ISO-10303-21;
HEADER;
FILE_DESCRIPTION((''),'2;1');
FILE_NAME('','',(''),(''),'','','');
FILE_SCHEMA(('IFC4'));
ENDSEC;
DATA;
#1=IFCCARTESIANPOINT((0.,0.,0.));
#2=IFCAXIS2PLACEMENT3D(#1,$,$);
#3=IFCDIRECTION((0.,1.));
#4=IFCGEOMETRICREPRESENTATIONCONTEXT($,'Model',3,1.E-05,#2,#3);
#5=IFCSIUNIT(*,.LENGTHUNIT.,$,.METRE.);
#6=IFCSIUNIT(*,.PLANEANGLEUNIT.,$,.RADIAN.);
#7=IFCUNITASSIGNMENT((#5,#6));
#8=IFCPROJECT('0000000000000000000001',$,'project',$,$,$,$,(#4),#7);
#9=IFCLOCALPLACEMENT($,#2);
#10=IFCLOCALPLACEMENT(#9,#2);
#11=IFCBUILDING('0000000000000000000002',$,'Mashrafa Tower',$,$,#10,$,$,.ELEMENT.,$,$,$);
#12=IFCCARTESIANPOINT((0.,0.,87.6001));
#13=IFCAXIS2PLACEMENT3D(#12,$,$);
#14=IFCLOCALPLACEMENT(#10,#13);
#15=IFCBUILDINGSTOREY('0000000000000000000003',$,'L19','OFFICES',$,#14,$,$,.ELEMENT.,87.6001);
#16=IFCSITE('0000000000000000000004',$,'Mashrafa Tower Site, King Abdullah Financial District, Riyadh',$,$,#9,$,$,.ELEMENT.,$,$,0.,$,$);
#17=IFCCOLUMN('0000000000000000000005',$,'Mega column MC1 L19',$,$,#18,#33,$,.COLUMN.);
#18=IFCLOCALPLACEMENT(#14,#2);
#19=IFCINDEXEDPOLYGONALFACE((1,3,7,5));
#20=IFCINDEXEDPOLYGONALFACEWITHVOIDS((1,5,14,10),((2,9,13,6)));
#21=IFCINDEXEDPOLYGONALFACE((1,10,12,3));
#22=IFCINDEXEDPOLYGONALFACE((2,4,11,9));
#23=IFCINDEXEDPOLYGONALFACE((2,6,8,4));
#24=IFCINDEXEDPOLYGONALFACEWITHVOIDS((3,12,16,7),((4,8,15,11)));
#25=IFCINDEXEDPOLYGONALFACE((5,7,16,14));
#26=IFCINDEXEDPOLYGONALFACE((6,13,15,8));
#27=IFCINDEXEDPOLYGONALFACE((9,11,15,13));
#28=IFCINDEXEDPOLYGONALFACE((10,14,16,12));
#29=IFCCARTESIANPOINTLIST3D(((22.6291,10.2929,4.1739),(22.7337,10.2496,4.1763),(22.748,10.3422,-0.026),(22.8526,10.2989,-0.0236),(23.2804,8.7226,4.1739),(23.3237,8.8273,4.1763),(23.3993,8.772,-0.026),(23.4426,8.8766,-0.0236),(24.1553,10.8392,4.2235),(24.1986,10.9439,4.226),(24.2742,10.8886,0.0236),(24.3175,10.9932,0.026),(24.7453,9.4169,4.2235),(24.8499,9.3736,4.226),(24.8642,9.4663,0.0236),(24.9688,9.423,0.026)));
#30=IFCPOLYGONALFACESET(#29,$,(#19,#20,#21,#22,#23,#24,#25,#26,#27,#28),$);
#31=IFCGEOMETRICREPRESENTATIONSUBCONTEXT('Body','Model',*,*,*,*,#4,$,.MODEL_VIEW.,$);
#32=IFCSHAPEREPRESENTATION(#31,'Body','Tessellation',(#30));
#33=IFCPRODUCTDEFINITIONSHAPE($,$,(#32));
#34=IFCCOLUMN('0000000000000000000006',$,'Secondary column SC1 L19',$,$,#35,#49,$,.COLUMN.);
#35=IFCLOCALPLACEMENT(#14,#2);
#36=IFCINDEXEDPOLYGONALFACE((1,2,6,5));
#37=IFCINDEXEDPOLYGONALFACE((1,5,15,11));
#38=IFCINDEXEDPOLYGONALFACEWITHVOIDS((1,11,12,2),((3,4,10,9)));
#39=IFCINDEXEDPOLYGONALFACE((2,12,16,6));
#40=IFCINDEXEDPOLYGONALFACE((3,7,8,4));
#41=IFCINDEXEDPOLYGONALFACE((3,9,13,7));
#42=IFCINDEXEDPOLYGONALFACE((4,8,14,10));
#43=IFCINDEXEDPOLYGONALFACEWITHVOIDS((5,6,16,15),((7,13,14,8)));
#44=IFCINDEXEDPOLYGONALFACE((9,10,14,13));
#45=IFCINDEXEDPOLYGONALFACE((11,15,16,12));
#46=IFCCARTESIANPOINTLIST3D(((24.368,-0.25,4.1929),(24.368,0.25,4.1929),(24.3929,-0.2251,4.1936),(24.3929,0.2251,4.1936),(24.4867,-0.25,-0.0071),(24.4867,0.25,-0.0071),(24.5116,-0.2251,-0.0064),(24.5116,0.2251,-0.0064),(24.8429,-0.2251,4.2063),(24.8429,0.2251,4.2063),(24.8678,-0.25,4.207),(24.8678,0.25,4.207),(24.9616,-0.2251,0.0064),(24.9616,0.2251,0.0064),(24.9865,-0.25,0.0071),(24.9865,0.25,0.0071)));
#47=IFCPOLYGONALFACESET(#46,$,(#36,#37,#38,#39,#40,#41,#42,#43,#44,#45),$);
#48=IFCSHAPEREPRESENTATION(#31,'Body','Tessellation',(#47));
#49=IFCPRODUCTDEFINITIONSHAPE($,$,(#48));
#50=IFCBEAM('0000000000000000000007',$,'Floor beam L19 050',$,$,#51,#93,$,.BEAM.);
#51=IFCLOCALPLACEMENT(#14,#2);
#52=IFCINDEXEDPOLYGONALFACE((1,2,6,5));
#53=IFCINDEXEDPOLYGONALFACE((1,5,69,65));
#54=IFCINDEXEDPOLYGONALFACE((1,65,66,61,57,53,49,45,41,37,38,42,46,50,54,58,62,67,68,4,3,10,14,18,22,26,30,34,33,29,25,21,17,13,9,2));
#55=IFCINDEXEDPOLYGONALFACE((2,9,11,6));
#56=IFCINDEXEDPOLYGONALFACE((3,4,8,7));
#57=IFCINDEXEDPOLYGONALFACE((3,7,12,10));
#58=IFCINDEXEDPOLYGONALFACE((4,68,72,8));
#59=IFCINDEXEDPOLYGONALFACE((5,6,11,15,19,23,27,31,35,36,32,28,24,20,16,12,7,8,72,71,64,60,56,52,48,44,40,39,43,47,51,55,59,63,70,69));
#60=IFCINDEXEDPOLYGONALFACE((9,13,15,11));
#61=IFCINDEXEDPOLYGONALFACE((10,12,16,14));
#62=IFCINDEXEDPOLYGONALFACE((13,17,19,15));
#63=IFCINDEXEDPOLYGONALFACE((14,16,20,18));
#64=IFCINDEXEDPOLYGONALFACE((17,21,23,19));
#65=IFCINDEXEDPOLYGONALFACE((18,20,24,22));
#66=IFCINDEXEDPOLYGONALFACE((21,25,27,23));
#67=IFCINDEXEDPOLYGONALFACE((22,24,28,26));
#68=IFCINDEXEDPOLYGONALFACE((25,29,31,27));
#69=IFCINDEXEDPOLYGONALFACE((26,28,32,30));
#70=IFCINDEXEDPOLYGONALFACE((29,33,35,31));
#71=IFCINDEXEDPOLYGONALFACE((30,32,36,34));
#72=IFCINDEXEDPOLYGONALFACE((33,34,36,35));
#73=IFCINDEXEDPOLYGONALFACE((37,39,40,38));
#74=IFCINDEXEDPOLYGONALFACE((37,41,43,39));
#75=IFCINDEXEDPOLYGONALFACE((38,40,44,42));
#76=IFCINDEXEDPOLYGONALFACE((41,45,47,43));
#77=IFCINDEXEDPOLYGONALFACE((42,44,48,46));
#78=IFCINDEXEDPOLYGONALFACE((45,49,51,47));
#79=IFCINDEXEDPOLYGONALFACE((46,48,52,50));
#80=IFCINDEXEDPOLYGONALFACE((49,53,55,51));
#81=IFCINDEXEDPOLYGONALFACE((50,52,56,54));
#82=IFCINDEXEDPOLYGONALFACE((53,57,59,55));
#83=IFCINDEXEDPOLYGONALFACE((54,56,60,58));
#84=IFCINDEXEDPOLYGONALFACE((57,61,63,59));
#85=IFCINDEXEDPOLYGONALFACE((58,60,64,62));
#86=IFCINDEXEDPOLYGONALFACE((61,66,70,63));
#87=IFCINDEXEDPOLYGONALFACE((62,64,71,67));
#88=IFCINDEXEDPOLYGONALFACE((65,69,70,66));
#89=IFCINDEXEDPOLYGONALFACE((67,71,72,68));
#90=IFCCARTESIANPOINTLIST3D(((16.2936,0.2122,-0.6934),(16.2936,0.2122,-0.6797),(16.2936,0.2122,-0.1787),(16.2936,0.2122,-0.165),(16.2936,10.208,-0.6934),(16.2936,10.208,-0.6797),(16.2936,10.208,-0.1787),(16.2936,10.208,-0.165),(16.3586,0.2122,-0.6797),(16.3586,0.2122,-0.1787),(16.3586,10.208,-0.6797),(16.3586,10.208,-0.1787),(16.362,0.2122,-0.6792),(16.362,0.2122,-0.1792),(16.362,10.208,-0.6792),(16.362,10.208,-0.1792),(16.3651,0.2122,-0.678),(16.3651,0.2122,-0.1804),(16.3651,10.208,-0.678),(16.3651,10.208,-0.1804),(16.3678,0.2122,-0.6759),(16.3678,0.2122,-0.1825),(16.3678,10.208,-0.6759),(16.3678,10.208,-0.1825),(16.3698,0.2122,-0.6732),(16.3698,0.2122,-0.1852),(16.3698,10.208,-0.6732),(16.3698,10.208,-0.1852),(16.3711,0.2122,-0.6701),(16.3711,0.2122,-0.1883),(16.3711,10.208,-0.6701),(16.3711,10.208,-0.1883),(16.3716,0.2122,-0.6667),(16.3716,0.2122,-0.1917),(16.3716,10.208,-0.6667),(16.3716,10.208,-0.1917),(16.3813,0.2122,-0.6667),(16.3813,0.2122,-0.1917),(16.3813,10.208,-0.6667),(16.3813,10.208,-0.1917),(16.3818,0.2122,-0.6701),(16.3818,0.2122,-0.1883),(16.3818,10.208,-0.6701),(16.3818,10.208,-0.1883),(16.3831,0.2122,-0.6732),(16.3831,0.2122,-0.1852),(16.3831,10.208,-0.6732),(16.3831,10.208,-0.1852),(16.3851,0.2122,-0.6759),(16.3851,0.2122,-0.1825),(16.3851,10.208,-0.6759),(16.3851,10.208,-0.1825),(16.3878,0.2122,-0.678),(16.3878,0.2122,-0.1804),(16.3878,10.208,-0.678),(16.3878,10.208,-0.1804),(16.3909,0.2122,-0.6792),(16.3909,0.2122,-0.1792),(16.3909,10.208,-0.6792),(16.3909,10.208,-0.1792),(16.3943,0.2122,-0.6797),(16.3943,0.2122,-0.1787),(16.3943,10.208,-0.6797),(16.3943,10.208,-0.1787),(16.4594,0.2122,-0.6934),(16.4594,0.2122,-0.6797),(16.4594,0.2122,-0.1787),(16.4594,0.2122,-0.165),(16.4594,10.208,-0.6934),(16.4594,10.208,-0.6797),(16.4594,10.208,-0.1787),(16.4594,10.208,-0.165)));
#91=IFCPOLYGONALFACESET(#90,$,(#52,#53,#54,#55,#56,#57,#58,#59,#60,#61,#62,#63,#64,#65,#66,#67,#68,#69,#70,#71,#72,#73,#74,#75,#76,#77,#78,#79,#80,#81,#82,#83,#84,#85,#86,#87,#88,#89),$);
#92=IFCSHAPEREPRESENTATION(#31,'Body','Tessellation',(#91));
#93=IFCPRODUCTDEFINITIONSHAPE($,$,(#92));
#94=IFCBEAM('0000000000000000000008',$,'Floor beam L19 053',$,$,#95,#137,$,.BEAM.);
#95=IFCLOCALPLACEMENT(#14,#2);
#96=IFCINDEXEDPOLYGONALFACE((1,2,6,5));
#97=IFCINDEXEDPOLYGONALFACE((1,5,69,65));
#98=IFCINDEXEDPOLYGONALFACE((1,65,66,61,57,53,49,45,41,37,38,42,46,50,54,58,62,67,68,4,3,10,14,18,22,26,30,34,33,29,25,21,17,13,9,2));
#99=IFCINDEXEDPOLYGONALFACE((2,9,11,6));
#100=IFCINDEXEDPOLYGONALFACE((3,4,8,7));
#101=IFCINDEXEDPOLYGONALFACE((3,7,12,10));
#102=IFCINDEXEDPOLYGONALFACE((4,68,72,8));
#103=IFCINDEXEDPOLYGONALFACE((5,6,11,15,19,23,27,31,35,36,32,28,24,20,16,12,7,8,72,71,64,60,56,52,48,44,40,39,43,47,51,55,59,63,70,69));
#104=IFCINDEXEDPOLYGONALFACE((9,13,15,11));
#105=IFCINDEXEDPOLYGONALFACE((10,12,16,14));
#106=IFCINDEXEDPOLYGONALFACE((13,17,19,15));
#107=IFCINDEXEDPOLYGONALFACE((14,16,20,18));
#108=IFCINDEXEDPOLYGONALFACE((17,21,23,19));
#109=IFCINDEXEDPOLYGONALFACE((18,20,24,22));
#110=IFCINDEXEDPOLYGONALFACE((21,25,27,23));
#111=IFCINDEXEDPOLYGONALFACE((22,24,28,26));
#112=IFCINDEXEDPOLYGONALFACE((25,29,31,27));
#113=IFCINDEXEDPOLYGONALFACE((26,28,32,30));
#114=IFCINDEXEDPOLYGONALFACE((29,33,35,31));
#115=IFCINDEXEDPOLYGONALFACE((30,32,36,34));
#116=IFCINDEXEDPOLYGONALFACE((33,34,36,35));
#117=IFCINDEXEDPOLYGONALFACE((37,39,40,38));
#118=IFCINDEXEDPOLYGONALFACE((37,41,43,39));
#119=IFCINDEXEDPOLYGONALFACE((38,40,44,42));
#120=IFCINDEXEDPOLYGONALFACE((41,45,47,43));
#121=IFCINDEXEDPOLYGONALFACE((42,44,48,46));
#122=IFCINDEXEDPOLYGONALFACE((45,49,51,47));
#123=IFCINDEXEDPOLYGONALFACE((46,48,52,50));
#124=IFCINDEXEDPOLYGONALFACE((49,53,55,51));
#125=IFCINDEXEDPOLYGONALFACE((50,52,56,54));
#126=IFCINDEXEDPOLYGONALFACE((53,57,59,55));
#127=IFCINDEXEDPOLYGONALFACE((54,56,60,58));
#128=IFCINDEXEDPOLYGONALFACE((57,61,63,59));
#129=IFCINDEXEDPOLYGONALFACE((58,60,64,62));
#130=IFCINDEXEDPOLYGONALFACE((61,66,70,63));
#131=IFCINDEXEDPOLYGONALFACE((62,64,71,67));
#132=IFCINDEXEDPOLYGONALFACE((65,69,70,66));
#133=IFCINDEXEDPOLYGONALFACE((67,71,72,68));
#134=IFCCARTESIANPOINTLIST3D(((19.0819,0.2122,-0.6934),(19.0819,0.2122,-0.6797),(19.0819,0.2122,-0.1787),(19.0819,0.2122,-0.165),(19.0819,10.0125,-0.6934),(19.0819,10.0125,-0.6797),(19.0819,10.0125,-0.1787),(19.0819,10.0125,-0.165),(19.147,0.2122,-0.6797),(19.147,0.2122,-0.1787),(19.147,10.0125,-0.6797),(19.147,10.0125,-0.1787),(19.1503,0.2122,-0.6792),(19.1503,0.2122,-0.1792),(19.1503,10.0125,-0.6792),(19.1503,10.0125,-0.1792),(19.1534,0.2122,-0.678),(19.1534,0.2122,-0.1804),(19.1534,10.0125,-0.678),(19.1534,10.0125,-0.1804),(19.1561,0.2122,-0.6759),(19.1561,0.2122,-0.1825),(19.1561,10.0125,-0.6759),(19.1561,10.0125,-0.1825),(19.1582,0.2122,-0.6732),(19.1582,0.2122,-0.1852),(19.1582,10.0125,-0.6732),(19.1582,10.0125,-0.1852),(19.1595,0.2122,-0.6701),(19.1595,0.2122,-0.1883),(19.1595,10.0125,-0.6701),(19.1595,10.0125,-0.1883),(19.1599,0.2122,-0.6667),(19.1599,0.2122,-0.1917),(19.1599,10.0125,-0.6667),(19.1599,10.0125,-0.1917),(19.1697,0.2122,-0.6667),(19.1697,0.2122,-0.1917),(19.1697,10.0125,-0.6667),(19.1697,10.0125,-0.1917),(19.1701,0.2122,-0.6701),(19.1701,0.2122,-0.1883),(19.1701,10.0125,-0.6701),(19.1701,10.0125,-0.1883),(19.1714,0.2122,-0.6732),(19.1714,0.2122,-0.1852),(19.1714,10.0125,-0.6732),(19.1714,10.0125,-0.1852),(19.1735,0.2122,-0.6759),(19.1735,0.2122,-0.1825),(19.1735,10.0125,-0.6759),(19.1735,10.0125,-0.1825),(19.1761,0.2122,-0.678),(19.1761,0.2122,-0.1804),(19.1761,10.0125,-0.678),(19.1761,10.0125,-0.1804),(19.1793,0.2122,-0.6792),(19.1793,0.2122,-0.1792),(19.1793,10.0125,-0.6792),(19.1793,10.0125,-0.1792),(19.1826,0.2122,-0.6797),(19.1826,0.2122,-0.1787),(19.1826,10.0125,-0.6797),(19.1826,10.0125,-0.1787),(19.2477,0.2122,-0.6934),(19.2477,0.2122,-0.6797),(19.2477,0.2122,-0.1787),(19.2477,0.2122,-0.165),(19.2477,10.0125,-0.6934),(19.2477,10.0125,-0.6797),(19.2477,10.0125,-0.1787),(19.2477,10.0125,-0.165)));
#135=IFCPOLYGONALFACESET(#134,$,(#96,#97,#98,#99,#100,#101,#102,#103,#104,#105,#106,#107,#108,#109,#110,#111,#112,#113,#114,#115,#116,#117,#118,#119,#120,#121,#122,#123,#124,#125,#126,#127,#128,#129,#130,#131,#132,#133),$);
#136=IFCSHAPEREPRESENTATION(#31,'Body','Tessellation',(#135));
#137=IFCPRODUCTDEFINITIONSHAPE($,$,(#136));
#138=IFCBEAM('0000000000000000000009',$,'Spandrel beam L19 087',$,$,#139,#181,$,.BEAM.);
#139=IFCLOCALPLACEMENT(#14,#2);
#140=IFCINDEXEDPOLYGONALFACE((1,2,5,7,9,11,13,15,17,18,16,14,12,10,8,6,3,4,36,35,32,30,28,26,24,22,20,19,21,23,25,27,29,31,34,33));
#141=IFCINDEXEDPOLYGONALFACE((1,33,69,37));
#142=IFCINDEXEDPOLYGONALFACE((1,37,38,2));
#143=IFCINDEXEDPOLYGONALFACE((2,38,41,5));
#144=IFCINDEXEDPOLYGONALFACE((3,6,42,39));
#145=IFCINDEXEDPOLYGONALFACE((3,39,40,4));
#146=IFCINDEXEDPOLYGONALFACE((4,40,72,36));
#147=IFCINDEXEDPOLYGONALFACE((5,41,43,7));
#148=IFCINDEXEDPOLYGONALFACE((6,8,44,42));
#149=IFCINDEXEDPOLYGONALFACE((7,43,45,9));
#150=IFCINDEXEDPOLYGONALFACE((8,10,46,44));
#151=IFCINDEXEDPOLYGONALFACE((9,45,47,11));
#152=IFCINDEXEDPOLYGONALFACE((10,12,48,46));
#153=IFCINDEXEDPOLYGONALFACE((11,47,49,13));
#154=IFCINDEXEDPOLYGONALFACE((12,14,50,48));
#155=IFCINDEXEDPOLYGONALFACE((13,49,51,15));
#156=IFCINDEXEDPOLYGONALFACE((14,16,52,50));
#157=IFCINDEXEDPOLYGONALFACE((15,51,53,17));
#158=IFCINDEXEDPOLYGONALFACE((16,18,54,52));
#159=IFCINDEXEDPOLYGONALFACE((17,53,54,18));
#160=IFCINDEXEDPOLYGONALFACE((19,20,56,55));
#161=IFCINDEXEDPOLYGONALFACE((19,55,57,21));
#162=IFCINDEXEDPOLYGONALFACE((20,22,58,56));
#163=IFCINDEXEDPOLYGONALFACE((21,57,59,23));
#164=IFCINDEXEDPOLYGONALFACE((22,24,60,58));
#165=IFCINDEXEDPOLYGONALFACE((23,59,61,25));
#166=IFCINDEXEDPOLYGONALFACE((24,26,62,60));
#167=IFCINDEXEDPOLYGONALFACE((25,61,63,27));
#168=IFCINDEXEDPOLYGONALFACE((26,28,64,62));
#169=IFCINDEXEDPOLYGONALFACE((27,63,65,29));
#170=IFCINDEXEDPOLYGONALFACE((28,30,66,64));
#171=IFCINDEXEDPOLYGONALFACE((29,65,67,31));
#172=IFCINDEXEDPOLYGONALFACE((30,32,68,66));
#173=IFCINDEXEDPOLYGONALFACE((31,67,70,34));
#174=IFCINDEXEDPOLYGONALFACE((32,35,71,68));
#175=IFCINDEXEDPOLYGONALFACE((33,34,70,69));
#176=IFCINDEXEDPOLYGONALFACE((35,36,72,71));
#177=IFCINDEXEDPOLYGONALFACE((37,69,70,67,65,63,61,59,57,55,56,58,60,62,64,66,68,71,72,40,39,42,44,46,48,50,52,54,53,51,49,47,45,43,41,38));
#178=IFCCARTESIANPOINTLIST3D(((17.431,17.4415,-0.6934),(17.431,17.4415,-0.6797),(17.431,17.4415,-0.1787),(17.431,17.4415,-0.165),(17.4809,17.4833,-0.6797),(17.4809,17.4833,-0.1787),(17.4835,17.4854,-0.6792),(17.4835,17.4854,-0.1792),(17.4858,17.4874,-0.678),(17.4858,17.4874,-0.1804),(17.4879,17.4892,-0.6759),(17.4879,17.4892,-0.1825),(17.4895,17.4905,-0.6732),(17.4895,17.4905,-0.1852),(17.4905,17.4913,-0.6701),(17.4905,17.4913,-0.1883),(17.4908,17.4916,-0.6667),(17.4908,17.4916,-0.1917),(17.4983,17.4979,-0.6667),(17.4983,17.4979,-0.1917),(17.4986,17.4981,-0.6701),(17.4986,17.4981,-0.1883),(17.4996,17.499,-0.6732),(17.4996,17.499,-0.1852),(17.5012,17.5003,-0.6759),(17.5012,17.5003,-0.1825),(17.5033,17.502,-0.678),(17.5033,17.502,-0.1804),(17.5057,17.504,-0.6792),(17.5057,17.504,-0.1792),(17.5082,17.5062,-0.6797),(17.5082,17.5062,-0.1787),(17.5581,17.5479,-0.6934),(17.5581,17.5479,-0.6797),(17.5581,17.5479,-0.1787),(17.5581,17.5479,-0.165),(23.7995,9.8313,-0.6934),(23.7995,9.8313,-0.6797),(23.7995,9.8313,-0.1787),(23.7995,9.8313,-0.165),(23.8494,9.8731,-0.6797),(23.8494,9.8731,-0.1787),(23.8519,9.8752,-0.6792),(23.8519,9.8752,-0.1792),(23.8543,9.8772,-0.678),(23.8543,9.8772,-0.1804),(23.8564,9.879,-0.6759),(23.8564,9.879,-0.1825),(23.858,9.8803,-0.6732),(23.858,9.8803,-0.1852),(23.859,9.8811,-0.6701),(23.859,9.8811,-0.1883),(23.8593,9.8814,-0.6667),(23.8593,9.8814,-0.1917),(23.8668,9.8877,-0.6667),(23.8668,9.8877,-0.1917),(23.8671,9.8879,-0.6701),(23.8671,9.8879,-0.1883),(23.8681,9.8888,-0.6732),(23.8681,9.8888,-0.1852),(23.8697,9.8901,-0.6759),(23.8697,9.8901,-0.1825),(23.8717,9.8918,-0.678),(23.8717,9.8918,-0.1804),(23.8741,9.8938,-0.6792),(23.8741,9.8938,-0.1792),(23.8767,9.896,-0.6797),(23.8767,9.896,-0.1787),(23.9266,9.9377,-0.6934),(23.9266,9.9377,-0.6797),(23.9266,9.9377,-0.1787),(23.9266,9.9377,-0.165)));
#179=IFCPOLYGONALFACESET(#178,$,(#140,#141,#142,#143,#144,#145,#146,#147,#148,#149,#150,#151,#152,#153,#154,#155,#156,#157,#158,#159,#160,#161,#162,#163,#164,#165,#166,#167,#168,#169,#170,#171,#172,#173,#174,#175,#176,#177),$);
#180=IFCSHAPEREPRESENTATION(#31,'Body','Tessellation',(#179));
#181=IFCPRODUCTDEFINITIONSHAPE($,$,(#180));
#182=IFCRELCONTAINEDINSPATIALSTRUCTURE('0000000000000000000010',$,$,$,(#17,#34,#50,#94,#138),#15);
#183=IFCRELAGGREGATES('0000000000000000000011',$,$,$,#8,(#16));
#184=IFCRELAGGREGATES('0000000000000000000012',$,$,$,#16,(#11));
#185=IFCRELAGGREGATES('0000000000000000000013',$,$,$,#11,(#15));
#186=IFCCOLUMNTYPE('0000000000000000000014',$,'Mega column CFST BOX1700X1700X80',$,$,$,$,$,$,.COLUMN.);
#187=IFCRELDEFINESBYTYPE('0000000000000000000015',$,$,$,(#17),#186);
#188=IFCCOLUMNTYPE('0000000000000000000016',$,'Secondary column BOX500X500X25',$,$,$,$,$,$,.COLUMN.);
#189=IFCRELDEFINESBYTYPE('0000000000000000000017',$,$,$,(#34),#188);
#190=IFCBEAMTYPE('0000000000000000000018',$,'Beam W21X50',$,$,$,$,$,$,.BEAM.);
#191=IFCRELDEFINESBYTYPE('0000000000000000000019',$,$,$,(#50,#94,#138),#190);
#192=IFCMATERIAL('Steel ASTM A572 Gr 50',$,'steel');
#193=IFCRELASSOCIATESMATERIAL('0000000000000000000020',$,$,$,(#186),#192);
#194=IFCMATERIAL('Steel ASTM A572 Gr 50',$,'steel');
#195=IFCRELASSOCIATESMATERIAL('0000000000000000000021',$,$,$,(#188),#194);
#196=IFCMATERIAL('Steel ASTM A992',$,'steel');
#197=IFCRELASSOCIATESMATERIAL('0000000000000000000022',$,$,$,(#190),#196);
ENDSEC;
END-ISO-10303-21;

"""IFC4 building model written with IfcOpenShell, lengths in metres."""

from ifc_helpers import new_model, si_unit, direction, frame, origin, origin_2d, place, context, subcontext, project, spatial, hollow_rectangle, i_section, extrude, material, material_profile, profile_set, type_object, element, save


model = new_model("IFC4")

# Units and contexts
model_context = context("Model", 3, precision=1e-05, world=origin(), true_north=direction((0.0, 1.0)))
body_context = subcontext(model_context, "Body", "Model", "MODEL_VIEW")
ifc_project = project(units=[si_unit("LENGTHUNIT", "METRE"), si_unit("PLANEANGLEUNIT", "RADIAN")], contexts=[model_context])

# Site, building, storey
site_placement = place(None, origin())
site = spatial("IfcSite", under=ifc_project, at=site_placement, Name="Mashrafa Tower Site, King Abdullah Financial District, Riyadh", CompositionType="ELEMENT", RefElevation=0.0)
building_placement = place(site_placement, origin())
building = spatial("IfcBuilding", under=site, at=building_placement, Name="Mashrafa Tower", CompositionType="ELEMENT")
storey_placement = place(building_placement, frame((0.0, 0.0, 87.6001)))
storey = spatial("IfcBuildingStorey", under=building, at=storey_placement, Name="L19", Description="OFFICES", CompositionType="ELEMENT", Elevation=87.6001)

# Columns
ifc_material_1 = material(Name="Steel ASTM A572 Gr 50", Category="steel")
ifc_material_profile_1 = material_profile(ifc_material_1, hollow_rectangle(XDim=1.7, YDim=1.7, WallThickness=0.0801, at=origin_2d()), Name="BOX1700X1700X80")
ifc_profile_set_1 = profile_set([ifc_material_profile_1], Name="Steel ASTM A572 Gr 50")
column_type_1 = type_object("IfcColumnType", Name="Mega column CFST BOX1700X1700X80", PredefinedType="COLUMN", material=ifc_profile_set_1)
column_1_placement = place(storey_placement, frame((23.8584, 9.8826, 0.0), z_axis=(-0.028296, -0.011737, 0.999531), x_axis=(0.383133, -0.923693, 0.0)))
element("IfcColumn", 1, at=column_1_placement, inside=storey, type_object=column_type_1, Name="Mega column MC1 L19", PredefinedType="COLUMN", context=body_context, shape_type="SweptSolid", body=[
    extrude(hollow_rectangle(XDim=1.7, YDim=1.7, WallThickness=0.0801, at=origin_2d()), origin(), (0.0, 0.0, 1.0), 4.2019),
])
ifc_material_2 = material(Name="Steel ASTM A572 Gr 50", Category="steel")
ifc_material_profile_2 = material_profile(ifc_material_2, hollow_rectangle(XDim=0.5, YDim=0.5, WallThickness=0.0249, at=origin_2d()), Name="BOX500X500X25")
ifc_profile_set_2 = profile_set([ifc_material_profile_2], Name="Steel ASTM A572 Gr 50")
column_type_2 = type_object("IfcColumnType", Name="Secondary column BOX500X500X25", PredefinedType="COLUMN", material=ifc_profile_set_2)
column_2_placement = place(storey_placement, frame((24.7366, 0.0, 0.0), z_axis=(-0.02824, 0.0, 0.999601), x_axis=(0.0, -1.0, 0.0)))
element("IfcColumn", 2, at=column_2_placement, inside=storey, type_object=column_type_2, Name="Secondary column SC1 L19", PredefinedType="COLUMN", context=body_context, shape_type="SweptSolid", body=[
    extrude(hollow_rectangle(XDim=0.5, YDim=0.5, WallThickness=0.0249, at=origin_2d()), origin(), (0.0, 0.0, 1.0), 4.2017),
])

# Beams
ifc_material_3 = material(Name="Steel ASTM A992", Category="steel")
ifc_material_profile_3 = material_profile(ifc_material_3, i_section(OverallWidth=0.1658, OverallDepth=0.5283, WebThickness=0.0098, FlangeThickness=0.0137, FilletRadius=0.0129, at=origin_2d()), Name="W21X50")
ifc_profile_set_3 = profile_set([ifc_material_profile_3], Name="Steel ASTM A992")
beam_type_1 = type_object("IfcBeamType", Name="Beam W21X50", PredefinedType="BEAM", material=ifc_profile_set_3)
beam_1_placement = place(storey_placement, frame((16.3765, 10.208, -0.4292), z_axis=(0.0, -1.0, 0.0), x_axis=(1.0, 0.0, 0.0)))
element("IfcBeam", 3, at=beam_1_placement, inside=storey, type_object=beam_type_1, Name="Floor beam L19 050", PredefinedType="BEAM", context=body_context, shape_type="SweptSolid", body=[
    extrude(i_section(OverallWidth=0.1658, OverallDepth=0.5283, WebThickness=0.0098, FlangeThickness=0.0137, FilletRadius=0.0129, at=origin_2d()), origin(), (0.0, 0.0, 1.0), 9.9958),
])
beam_2_placement = place(storey_placement, frame((19.1648, 10.0125, -0.4292), z_axis=(0.0, -1.0, 0.0), x_axis=(1.0, 0.0, 0.0)))
element("IfcBeam", 4, at=beam_2_placement, inside=storey, type_object=beam_type_1, Name="Floor beam L19 053", PredefinedType="BEAM", context=body_context, shape_type="SweptSolid", body=[
    extrude(i_section(OverallWidth=0.1658, OverallDepth=0.5283, WebThickness=0.0098, FlangeThickness=0.0137, FilletRadius=0.0129, at=origin_2d()), origin(), (0.0, 0.0, 1.0), 9.8003),
])
for number, where, z_axis, x_axis, name in (
    (5, (23.863, 9.8845, -0.4292), (-0.641768, 0.766899, 0.0), (-0.766899, -0.641768, 0.0), "Spandrel beam L19 087"),
):
    element("IfcBeam", number, at=place(storey_placement, frame(where, z_axis=z_axis, x_axis=x_axis)), inside=storey, type_object=beam_type_1, Name=name, PredefinedType="BEAM", context=body_context, shape_type="SweptSolid", body=[
        extrude(i_section(OverallWidth=0.1658, OverallDepth=0.5283, WebThickness=0.0098, FlangeThickness=0.0137, FilletRadius=0.0129, at=origin_2d()), origin(), (0.0, 0.0, 1.0), 9.9233),
    ])

save(model, "model.ifc")
